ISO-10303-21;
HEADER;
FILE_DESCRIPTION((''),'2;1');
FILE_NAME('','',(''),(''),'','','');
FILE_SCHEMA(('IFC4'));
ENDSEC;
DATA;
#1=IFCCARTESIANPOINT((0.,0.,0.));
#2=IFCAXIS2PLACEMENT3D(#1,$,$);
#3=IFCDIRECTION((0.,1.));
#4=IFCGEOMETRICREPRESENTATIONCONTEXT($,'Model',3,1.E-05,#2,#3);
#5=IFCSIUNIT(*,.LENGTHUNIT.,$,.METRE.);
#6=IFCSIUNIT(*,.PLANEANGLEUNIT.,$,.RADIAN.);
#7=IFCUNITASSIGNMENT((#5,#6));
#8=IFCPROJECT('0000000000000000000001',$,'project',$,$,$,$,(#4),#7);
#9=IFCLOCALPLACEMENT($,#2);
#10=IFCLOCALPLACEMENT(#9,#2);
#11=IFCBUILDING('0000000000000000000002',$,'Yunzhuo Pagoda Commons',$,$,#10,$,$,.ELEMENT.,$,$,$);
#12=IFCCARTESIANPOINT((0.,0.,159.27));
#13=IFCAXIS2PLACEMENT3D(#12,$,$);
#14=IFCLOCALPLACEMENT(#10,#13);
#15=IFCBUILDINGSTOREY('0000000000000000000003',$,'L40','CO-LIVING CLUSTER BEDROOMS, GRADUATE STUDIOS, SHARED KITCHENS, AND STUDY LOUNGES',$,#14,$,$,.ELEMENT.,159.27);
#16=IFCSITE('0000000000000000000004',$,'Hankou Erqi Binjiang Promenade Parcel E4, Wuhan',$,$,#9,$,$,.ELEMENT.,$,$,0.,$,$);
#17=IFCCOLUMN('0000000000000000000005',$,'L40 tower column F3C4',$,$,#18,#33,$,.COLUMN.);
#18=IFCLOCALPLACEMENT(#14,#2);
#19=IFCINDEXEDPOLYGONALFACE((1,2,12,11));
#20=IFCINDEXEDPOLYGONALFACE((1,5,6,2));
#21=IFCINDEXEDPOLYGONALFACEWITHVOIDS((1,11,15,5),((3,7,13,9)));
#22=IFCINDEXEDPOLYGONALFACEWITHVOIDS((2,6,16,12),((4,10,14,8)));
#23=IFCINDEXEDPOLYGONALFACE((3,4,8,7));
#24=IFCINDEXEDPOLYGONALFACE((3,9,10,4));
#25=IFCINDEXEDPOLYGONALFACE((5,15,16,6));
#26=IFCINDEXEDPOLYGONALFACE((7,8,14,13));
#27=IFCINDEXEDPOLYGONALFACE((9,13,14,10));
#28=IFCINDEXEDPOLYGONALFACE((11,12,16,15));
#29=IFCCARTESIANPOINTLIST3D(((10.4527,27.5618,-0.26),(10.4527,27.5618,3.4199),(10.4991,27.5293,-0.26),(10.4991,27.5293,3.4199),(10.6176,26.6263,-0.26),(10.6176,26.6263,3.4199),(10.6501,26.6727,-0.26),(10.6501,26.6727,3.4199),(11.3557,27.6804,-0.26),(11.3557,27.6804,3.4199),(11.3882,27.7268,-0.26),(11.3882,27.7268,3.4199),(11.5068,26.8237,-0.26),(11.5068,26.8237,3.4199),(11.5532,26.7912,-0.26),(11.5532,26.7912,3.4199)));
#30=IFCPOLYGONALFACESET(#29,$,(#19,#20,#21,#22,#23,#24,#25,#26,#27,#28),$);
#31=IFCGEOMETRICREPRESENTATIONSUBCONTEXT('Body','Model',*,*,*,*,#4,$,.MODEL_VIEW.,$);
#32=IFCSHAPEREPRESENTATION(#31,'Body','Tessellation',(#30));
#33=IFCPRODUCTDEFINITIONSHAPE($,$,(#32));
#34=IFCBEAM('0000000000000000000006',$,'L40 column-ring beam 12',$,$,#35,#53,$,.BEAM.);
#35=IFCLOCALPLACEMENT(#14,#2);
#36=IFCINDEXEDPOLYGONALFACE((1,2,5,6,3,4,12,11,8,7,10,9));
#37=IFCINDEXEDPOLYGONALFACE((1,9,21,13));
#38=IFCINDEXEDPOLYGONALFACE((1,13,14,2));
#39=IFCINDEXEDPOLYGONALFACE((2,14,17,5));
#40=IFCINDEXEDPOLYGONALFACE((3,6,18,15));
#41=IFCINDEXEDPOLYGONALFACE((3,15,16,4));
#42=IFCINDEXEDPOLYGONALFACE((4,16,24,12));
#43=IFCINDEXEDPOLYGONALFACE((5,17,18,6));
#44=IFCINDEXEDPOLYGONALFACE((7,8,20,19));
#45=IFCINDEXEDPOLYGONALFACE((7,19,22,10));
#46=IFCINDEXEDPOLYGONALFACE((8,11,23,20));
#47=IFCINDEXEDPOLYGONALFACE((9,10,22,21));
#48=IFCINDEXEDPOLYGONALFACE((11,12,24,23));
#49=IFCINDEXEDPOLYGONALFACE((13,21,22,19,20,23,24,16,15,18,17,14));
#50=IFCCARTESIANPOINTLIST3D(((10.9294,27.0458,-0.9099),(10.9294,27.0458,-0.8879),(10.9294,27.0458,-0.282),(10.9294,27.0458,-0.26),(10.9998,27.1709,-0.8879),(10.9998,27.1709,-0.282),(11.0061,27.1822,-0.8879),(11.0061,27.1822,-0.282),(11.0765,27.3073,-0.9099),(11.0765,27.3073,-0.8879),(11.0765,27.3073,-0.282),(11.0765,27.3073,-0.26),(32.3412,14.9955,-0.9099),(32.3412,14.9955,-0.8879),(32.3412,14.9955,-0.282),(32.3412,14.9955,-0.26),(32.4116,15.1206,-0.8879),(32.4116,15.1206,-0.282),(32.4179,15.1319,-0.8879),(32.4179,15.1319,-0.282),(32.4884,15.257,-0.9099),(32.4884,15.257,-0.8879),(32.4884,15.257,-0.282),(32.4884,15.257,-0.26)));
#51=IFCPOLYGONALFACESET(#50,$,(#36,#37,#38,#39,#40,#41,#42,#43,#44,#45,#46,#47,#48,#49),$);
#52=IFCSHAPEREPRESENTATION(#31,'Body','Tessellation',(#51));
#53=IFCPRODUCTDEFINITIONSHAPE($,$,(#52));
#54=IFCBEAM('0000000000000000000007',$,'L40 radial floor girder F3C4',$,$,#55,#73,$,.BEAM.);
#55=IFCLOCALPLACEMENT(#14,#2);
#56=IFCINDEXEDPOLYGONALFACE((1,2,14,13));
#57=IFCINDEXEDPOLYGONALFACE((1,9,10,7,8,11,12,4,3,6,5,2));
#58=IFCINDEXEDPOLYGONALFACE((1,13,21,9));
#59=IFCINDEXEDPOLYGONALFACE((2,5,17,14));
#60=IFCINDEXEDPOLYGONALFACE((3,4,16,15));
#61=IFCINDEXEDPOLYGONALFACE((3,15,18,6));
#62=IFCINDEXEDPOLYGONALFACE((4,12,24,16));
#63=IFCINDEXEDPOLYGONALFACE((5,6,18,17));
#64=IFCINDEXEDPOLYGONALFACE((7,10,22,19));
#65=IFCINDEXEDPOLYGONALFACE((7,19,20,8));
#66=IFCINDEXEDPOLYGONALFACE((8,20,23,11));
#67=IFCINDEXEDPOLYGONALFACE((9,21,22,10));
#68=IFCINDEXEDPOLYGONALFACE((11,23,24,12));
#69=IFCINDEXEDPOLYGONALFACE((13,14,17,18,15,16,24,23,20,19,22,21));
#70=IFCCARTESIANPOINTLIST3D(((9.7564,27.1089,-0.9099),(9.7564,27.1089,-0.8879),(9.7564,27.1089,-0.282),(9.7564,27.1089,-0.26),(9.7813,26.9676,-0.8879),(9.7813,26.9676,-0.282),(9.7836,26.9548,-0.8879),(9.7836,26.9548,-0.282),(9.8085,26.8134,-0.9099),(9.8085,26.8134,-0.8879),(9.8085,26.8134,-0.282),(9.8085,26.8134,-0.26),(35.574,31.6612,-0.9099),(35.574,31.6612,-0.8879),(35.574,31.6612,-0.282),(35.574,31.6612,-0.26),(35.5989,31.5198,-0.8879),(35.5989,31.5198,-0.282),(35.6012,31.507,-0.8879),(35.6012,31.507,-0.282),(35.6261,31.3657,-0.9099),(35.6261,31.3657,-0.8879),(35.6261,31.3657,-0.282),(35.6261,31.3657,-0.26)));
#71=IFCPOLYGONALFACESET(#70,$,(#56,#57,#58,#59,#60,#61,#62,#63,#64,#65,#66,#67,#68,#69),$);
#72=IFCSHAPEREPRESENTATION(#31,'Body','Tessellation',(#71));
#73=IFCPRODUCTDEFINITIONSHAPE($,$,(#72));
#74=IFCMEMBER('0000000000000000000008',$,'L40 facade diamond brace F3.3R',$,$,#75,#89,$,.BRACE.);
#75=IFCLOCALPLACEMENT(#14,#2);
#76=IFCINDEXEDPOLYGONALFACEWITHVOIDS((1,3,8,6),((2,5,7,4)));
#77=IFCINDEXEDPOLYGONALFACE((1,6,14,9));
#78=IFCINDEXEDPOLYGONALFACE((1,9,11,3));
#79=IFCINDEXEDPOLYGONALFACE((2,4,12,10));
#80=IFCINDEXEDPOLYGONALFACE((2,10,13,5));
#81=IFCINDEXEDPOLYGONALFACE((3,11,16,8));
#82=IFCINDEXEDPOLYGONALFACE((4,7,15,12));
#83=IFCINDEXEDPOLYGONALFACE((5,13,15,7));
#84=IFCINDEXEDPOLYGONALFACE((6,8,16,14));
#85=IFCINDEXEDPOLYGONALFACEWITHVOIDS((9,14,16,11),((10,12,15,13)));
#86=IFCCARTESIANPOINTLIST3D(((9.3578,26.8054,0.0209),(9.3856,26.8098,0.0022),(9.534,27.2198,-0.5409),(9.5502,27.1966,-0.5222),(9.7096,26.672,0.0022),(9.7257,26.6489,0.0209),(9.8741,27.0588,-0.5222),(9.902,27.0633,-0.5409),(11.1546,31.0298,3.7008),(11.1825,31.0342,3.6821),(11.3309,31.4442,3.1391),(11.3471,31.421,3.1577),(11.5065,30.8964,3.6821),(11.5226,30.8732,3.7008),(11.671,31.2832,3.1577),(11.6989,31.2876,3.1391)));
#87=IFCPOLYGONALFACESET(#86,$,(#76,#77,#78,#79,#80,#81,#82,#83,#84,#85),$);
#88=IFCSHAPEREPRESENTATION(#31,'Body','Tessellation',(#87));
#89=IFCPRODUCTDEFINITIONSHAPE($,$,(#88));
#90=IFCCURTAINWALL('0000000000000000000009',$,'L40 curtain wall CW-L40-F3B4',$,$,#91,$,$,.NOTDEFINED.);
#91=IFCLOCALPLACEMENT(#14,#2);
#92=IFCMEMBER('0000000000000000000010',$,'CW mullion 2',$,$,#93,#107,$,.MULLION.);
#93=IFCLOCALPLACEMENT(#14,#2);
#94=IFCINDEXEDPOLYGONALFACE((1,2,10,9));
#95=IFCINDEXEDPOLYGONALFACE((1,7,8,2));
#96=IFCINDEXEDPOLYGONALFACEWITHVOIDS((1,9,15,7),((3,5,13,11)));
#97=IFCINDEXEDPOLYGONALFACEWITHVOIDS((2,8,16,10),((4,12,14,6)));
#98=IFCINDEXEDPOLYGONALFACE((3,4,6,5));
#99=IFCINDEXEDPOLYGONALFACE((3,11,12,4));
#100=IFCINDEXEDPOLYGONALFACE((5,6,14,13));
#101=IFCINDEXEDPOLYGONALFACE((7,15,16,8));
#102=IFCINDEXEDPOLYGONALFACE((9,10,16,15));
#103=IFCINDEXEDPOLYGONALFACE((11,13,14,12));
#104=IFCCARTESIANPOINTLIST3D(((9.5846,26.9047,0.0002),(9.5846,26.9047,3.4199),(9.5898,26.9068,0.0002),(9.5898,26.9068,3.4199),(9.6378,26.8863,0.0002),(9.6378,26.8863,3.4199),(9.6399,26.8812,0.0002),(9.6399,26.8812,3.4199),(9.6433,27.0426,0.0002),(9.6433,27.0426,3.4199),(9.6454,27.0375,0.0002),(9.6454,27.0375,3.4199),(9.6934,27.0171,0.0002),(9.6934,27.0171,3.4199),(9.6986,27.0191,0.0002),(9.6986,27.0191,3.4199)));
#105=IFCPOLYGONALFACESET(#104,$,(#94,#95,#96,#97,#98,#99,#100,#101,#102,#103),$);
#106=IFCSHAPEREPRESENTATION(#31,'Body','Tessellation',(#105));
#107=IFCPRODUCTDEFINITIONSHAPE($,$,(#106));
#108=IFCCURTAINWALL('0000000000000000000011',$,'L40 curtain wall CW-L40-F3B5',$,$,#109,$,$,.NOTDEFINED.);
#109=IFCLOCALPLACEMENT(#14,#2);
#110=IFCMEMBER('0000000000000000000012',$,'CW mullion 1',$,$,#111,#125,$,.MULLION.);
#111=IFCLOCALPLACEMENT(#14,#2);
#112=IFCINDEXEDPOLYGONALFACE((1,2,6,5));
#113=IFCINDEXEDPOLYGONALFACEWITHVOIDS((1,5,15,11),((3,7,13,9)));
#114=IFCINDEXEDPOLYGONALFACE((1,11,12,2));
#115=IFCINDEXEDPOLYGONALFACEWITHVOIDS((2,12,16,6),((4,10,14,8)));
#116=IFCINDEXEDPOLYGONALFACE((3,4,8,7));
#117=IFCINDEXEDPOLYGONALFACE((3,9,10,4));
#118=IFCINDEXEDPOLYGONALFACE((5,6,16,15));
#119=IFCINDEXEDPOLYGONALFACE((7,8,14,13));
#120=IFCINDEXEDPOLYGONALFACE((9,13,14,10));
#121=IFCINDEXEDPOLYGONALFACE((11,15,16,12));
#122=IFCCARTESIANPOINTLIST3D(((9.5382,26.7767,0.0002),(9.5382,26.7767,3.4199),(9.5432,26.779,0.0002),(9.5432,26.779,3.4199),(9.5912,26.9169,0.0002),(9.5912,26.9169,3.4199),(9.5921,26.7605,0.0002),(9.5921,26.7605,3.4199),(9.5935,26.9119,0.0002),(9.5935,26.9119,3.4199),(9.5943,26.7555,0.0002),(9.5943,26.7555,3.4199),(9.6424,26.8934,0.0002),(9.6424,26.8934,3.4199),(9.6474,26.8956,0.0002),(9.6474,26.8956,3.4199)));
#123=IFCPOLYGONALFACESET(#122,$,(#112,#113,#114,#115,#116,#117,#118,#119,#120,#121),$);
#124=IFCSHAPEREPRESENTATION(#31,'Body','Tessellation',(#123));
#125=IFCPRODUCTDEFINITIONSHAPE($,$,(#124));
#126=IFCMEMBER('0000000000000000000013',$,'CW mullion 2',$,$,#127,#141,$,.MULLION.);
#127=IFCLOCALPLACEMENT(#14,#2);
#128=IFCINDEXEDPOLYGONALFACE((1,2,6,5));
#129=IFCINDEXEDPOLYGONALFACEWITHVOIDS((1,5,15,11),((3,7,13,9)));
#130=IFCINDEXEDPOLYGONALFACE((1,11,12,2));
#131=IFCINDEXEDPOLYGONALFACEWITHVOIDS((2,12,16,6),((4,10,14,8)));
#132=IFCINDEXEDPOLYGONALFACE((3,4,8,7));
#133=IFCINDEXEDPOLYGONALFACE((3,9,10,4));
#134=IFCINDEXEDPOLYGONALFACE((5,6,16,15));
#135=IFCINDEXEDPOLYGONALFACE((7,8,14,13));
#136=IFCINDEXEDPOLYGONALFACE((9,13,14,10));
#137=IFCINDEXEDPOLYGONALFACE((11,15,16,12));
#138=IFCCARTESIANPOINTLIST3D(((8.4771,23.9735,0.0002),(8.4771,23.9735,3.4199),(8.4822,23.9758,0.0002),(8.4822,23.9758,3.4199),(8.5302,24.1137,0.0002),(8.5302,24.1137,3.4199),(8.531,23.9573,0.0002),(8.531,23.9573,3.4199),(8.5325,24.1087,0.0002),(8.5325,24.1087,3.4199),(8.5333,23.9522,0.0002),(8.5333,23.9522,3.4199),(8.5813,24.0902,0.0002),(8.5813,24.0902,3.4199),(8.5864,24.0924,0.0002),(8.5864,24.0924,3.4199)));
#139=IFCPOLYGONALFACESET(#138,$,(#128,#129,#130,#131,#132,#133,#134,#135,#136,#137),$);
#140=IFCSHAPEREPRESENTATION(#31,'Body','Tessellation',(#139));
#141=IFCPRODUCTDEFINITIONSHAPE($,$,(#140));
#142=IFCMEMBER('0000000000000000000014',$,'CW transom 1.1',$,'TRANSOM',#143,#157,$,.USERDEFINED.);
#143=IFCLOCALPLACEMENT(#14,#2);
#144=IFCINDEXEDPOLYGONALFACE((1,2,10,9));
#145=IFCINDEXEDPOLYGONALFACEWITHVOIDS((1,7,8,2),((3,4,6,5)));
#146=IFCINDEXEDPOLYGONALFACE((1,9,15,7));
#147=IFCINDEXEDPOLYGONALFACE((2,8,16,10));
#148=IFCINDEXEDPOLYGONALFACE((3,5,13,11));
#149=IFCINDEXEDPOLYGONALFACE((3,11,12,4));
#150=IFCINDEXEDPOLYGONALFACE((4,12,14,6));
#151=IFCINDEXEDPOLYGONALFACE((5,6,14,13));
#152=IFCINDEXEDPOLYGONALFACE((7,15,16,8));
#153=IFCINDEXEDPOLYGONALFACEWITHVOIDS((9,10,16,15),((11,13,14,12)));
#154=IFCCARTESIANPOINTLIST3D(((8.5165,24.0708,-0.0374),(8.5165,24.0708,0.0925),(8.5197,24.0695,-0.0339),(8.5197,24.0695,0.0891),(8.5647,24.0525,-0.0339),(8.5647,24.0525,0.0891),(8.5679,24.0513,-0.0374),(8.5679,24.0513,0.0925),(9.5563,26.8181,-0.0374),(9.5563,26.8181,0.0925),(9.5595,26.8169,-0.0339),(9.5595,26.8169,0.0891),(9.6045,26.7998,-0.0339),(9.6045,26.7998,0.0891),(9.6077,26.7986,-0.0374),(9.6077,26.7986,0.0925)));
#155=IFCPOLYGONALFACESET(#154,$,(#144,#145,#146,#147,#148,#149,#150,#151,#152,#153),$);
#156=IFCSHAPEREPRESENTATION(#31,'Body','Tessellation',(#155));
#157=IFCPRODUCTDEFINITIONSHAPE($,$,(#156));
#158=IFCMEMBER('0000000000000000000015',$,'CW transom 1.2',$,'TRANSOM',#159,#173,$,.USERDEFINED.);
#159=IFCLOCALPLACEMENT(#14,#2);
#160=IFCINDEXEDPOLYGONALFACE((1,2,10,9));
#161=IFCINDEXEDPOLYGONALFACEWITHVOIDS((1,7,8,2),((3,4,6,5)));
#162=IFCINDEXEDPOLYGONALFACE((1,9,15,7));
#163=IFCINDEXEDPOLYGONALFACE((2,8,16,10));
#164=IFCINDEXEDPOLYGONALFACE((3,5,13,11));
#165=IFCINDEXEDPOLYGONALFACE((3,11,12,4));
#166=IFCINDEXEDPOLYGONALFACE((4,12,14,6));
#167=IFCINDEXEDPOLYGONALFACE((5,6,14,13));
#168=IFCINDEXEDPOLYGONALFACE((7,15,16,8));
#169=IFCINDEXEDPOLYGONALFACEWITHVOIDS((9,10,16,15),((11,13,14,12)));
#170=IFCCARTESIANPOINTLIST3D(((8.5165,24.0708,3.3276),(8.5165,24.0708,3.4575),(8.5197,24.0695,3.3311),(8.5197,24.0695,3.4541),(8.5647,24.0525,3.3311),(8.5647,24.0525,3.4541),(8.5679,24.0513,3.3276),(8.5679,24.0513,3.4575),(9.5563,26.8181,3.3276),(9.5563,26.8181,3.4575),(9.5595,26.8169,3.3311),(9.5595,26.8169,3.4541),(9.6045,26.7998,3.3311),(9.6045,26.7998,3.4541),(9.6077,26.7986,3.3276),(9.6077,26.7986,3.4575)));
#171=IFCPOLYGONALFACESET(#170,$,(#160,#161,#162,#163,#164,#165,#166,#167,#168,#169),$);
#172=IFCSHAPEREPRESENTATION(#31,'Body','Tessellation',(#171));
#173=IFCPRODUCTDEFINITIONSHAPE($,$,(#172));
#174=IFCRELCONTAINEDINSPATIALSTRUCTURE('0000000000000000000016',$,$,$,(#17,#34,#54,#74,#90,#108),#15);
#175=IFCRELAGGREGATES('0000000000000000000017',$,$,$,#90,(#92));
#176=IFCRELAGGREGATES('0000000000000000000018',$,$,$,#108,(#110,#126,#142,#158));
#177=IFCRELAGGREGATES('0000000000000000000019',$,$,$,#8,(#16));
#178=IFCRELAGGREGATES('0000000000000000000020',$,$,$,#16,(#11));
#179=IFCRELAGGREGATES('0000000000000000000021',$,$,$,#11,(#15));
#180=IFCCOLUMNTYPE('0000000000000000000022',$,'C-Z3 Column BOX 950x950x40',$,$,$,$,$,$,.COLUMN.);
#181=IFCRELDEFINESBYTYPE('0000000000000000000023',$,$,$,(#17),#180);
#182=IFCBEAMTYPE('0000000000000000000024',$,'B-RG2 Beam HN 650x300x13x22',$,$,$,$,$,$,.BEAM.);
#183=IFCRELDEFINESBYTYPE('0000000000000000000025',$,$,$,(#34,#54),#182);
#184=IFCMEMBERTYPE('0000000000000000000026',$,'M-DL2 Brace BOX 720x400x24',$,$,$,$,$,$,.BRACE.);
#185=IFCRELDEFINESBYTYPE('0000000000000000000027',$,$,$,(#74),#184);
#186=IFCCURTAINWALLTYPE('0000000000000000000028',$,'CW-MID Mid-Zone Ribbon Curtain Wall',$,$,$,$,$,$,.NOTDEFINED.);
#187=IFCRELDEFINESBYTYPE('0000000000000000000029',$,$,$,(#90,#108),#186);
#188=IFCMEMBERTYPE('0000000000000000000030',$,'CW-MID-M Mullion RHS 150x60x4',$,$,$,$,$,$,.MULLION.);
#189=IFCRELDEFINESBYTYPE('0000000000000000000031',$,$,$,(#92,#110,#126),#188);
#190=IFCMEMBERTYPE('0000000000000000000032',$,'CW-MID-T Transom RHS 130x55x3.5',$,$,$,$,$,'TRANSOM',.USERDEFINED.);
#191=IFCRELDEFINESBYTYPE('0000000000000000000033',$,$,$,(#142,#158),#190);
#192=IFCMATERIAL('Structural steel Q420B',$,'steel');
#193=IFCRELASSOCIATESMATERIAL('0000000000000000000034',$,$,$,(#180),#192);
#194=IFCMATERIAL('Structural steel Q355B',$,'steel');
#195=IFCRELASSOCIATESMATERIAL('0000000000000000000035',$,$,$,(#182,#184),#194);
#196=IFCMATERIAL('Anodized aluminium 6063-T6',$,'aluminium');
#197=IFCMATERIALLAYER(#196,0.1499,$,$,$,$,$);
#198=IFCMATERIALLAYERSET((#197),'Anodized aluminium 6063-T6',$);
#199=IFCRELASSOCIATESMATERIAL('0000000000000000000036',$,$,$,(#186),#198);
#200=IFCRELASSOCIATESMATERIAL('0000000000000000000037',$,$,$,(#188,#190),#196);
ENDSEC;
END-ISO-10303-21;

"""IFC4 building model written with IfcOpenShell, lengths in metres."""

from ifc_helpers import new_model, si_unit, direction, frame, origin, origin_2d, place, context, subcontext, project, spatial, hollow_rectangle, i_section, extrude, source, transform, mapped, material, layer, layer_set, material_profile, profile_set, type_object, element, aggregate, save


model = new_model("IFC4")

# Units and contexts
model_context = context("Model", 3, precision=1e-05, world=origin(), true_north=direction((0.0, 1.0)))
body_context = subcontext(model_context, "Body", "Model", "MODEL_VIEW")
ifc_project = project(units=[si_unit("LENGTHUNIT", "METRE"), si_unit("PLANEANGLEUNIT", "RADIAN")], contexts=[model_context])

# Site, building, storey
site_placement = place(None, origin())
site = spatial("IfcSite", under=ifc_project, at=site_placement, Name="Hankou Erqi Binjiang Promenade Parcel E4, Wuhan", CompositionType="ELEMENT", RefElevation=0.0)
building_placement = place(site_placement, origin())
building = spatial("IfcBuilding", under=site, at=building_placement, Name="Yunzhuo Pagoda Commons", CompositionType="ELEMENT")
storey_placement = place(building_placement, frame((0.0, 0.0, 159.27)))
storey = spatial("IfcBuildingStorey", under=building, at=storey_placement, Name="L40", Description="CO-LIVING CLUSTER BEDROOMS, GRADUATE STUDIOS, SHARED KITCHENS, AND STUDY LOUNGES", CompositionType="ELEMENT", Elevation=159.27)

# Column
ifc_material_1 = material(Name="Structural steel Q420B", Category="steel")
ifc_material_profile_1 = material_profile(ifc_material_1, hollow_rectangle(XDim=0.95, YDim=0.95, WallThickness=0.04, at=origin_2d()), Name="Structural steel Q420B")
ifc_profile_set_1 = profile_set([ifc_material_profile_1], Name="Structural steel Q420B")
column_type = type_object("IfcColumnType", Name="C-Z3 Column BOX 950x950x40", PredefinedType="COLUMN", material=ifc_profile_set_1)
shared_shape_1 = source(origin(), body_context, "Body", "SweptSolid", [
    extrude(hollow_rectangle(XDim=0.95, YDim=0.95, WallThickness=0.04, at=origin_2d()), origin(), (0.0, 0.0, 1.0), 3.6799),
])
column_placement = place(storey_placement, frame((11.0029, 27.1765, -0.26), z_axis=(0.0, 0.0, 1.0), x_axis=(0.173648, -0.984808, 0.0)))
element("IfcColumn", 1, at=column_placement, inside=storey, type_object=column_type, Name="L40 tower column F3C4", PredefinedType="COLUMN", context=body_context, shape_type="MappedRepresentation", body=[
    mapped(shared_shape_1, transform((0.0, 0.0, 0.0), scale=1.0)),
])

# Beams
ifc_material_2 = material(Name="Structural steel Q355B", Category="steel")
ifc_material_profile_2 = material_profile(ifc_material_2, i_section(OverallWidth=0.3, OverallDepth=0.6499, WebThickness=0.0129, FlangeThickness=0.022, at=origin_2d()), Name="Structural steel Q355B")
ifc_profile_set_2 = profile_set([ifc_material_profile_2], Name="Structural steel Q355B")
beam_type = type_object("IfcBeamType", Name="B-RG2 Beam HN 650x300x13x22", PredefinedType="BEAM", material=ifc_profile_set_2)
shared_shape_2 = source(origin(), body_context, "Body", "SweptSolid", [
    extrude(i_section(OverallWidth=0.3, OverallDepth=0.6499, WebThickness=0.0129, FlangeThickness=0.022, at=origin_2d()), origin(), (0.0, 0.0, 1.0), 24.5698),
])
beam_1_placement = place(storey_placement, frame((11.0029, 27.1765, -0.585), z_axis=(0.871469, -0.49045, 0.0), x_axis=(0.49045, 0.871469, 0.0)))
element("IfcBeam", 2, at=beam_1_placement, inside=storey, type_object=beam_type, Name="L40 column-ring beam 12", PredefinedType="BEAM", context=body_context, shape_type="MappedRepresentation", body=[
    mapped(shared_shape_2, transform((0.0, 0.0, 0.0), scale=1.0)),
])
shared_shape_3 = source(origin(), body_context, "Body", "SweptSolid", [
    extrude(i_section(OverallWidth=0.3, OverallDepth=0.6499, WebThickness=0.0129, FlangeThickness=0.022, at=origin_2d()), origin(), (0.0, 0.0, 1.0), 26.2158),
])
beam_2_placement = place(storey_placement, frame((9.7825, 26.9612, -0.585), z_axis=(0.984808, 0.173645, 0.0), x_axis=(-0.173645, 0.984808, 0.0)))
element("IfcBeam", 3, at=beam_2_placement, inside=storey, type_object=beam_type, Name="L40 radial floor girder F3C4", PredefinedType="BEAM", context=body_context, shape_type="MappedRepresentation", body=[
    mapped(shared_shape_3, transform((0.0, 0.0, 0.0), scale=1.0)),
])

# Member
ifc_material_profile_3 = material_profile(ifc_material_2, hollow_rectangle(XDim=0.3999, YDim=0.72, WallThickness=0.0239, at=origin_2d()), Name="Structural steel Q355B")
ifc_profile_set_3 = profile_set([ifc_material_profile_3], Name="Structural steel Q355B")
member_type_1 = type_object("IfcMemberType", Name="M-DL2 Brace BOX 720x400x24", PredefinedType="BRACE", material=ifc_profile_set_3)
shared_shape_4 = source(origin(), body_context, "Body", "SweptSolid", [
    extrude(hollow_rectangle(XDim=0.3999, YDim=0.72, WallThickness=0.0239, at=origin_2d()), origin(), (0.0, 0.0, 1.0), 5.8835),
])
member_1_placement = place(storey_placement, frame((9.6299, 26.9343, -0.26), z_axis=(0.305408, 0.717998, 0.625463), x_axis=(-0.920212, 0.391421, 0.0)))
element("IfcMember", 4, at=member_1_placement, inside=storey, type_object=member_type_1, Name="L40 facade diamond brace F3.3R", PredefinedType="BRACE", context=body_context, shape_type="MappedRepresentation", body=[
    mapped(shared_shape_4, transform((0.0, 0.0, 0.0), scale=1.0)),
])

# Curtain wall, member
ifc_material_3 = material(Name="Anodized aluminium 6063-T6", Category="aluminium")
ifc_layer_1 = layer(ifc_material_3, 0.1499)
ifc_layer_set_1 = layer_set([ifc_layer_1], Name="Anodized aluminium 6063-T6")
curtain_wall_type_1 = type_object("IfcCurtainWallType", Name="CW-MID Mid-Zone Ribbon Curtain Wall", PredefinedType="NOTDEFINED", material=ifc_layer_set_1)
curtain_wall_1_placement = place(storey_placement, origin())
curtain_wall_1 = element("IfcCurtainWall", 5, at=curtain_wall_1_placement, inside=storey, type_object=curtain_wall_type_1, Name="L40 curtain wall CW-L40-F3B4", PredefinedType="NOTDEFINED")
ifc_material_profile_4 = material_profile(ifc_material_3, hollow_rectangle(XDim=0.0601, YDim=0.1499, WallThickness=0.0039, at=origin_2d()), Name="Anodized aluminium 6063-T6")
ifc_profile_set_4 = profile_set([ifc_material_profile_4], Name="Anodized aluminium 6063-T6")
member_type_2 = type_object("IfcMemberType", Name="CW-MID-M Mullion RHS 150x60x4", PredefinedType="MULLION", material=ifc_profile_set_4)
shared_shape_5 = source(origin(), body_context, "Body", "SweptSolid", [
    extrude(hollow_rectangle(XDim=0.0601, YDim=0.1499, WallThickness=0.0039, at=origin_2d()), origin(), (0.0, 0.0, 1.0), 3.4197),
])
member_2_placement = place(storey_placement, frame((9.6416, 26.9619, 0.0002), z_axis=(0.0, 0.0, 1.0), x_axis=(0.920217, -0.391409, 0.0)))
member_2 = element("IfcMember", 6, at=member_2_placement, type_object=member_type_2, Name="CW mullion 2", PredefinedType="MULLION", context=body_context, shape_type="MappedRepresentation", body=[
    mapped(shared_shape_5, transform((0.0, 0.0, 0.0), scale=1.0)),
])
aggregate(curtain_wall_1, [member_2])

# Curtain wall, members
curtain_wall_2_placement = place(storey_placement, origin())
curtain_wall_2 = element("IfcCurtainWall", 7, at=curtain_wall_2_placement, inside=storey, type_object=curtain_wall_type_1, Name="L40 curtain wall CW-L40-F3B5", PredefinedType="NOTDEFINED")
member_3_placement = place(storey_placement, frame((9.5928, 26.8362, 0.0002), z_axis=(0.0, 0.0, 1.0), x_axis=(0.935247, -0.353996, 0.0)))
member_3 = element("IfcMember", 8, at=member_3_placement, type_object=member_type_2, Name="CW mullion 1", PredefinedType="MULLION", context=body_context, shape_type="MappedRepresentation", body=[
    mapped(shared_shape_5, transform((0.0, 0.0, 0.0), scale=1.0)),
])
member_4_placement = place(storey_placement, frame((8.5317, 24.033, 0.0002), z_axis=(0.0, 0.0, 1.0), x_axis=(0.935247, -0.353996, 0.0)))
member_4 = element("IfcMember", 9, at=member_4_placement, type_object=member_type_2, Name="CW mullion 2", PredefinedType="MULLION", context=body_context, shape_type="MappedRepresentation", body=[
    mapped(shared_shape_5, transform((0.0, 0.0, 0.0), scale=1.0)),
])
ifc_material_profile_5 = material_profile(ifc_material_3, hollow_rectangle(XDim=0.0549, YDim=0.1299, WallThickness=0.0034, at=origin_2d()), Name="Anodized aluminium 6063-T6")
ifc_profile_set_5 = profile_set([ifc_material_profile_5], Name="Anodized aluminium 6063-T6")
member_type_3 = type_object("IfcMemberType", Name="CW-MID-T Transom RHS 130x55x3.5", ElementType="TRANSOM", PredefinedType="USERDEFINED", material=ifc_profile_set_5)
shared_shape_6 = source(origin(), body_context, "Body", "SweptSolid", [
    extrude(hollow_rectangle(XDim=0.0549, YDim=0.1299, WallThickness=0.0034, at=origin_2d()), origin(), (0.0, 0.0, 1.0), 2.9375),
])
member_5_placement = place(storey_placement, frame((9.582, 26.8083, 0.0276), z_axis=(-0.353973, -0.935256, 0.0), x_axis=(0.935256, -0.353973, 0.0)))
member_5 = element("IfcMember", 10, at=member_5_placement, type_object=member_type_3, Name="CW transom 1.1", ObjectType="TRANSOM", PredefinedType="USERDEFINED", context=body_context, shape_type="MappedRepresentation", body=[
    mapped(shared_shape_6, transform((0.0, 0.0, 0.0), scale=1.0)),
])
member_6_placement = place(storey_placement, frame((9.582, 26.8083, 3.3926), z_axis=(-0.353973, -0.935256, 0.0), x_axis=(0.935256, -0.353973, 0.0)))
member_6 = element("IfcMember", 11, at=member_6_placement, type_object=member_type_3, Name="CW transom 1.2", ObjectType="TRANSOM", PredefinedType="USERDEFINED", context=body_context, shape_type="MappedRepresentation", body=[
    mapped(shared_shape_6, transform((0.0, 0.0, 0.0), scale=1.0)),
])

aggregate(curtain_wall_2, [member_3, member_4, member_5, member_6])

save(model, "model.ifc")
